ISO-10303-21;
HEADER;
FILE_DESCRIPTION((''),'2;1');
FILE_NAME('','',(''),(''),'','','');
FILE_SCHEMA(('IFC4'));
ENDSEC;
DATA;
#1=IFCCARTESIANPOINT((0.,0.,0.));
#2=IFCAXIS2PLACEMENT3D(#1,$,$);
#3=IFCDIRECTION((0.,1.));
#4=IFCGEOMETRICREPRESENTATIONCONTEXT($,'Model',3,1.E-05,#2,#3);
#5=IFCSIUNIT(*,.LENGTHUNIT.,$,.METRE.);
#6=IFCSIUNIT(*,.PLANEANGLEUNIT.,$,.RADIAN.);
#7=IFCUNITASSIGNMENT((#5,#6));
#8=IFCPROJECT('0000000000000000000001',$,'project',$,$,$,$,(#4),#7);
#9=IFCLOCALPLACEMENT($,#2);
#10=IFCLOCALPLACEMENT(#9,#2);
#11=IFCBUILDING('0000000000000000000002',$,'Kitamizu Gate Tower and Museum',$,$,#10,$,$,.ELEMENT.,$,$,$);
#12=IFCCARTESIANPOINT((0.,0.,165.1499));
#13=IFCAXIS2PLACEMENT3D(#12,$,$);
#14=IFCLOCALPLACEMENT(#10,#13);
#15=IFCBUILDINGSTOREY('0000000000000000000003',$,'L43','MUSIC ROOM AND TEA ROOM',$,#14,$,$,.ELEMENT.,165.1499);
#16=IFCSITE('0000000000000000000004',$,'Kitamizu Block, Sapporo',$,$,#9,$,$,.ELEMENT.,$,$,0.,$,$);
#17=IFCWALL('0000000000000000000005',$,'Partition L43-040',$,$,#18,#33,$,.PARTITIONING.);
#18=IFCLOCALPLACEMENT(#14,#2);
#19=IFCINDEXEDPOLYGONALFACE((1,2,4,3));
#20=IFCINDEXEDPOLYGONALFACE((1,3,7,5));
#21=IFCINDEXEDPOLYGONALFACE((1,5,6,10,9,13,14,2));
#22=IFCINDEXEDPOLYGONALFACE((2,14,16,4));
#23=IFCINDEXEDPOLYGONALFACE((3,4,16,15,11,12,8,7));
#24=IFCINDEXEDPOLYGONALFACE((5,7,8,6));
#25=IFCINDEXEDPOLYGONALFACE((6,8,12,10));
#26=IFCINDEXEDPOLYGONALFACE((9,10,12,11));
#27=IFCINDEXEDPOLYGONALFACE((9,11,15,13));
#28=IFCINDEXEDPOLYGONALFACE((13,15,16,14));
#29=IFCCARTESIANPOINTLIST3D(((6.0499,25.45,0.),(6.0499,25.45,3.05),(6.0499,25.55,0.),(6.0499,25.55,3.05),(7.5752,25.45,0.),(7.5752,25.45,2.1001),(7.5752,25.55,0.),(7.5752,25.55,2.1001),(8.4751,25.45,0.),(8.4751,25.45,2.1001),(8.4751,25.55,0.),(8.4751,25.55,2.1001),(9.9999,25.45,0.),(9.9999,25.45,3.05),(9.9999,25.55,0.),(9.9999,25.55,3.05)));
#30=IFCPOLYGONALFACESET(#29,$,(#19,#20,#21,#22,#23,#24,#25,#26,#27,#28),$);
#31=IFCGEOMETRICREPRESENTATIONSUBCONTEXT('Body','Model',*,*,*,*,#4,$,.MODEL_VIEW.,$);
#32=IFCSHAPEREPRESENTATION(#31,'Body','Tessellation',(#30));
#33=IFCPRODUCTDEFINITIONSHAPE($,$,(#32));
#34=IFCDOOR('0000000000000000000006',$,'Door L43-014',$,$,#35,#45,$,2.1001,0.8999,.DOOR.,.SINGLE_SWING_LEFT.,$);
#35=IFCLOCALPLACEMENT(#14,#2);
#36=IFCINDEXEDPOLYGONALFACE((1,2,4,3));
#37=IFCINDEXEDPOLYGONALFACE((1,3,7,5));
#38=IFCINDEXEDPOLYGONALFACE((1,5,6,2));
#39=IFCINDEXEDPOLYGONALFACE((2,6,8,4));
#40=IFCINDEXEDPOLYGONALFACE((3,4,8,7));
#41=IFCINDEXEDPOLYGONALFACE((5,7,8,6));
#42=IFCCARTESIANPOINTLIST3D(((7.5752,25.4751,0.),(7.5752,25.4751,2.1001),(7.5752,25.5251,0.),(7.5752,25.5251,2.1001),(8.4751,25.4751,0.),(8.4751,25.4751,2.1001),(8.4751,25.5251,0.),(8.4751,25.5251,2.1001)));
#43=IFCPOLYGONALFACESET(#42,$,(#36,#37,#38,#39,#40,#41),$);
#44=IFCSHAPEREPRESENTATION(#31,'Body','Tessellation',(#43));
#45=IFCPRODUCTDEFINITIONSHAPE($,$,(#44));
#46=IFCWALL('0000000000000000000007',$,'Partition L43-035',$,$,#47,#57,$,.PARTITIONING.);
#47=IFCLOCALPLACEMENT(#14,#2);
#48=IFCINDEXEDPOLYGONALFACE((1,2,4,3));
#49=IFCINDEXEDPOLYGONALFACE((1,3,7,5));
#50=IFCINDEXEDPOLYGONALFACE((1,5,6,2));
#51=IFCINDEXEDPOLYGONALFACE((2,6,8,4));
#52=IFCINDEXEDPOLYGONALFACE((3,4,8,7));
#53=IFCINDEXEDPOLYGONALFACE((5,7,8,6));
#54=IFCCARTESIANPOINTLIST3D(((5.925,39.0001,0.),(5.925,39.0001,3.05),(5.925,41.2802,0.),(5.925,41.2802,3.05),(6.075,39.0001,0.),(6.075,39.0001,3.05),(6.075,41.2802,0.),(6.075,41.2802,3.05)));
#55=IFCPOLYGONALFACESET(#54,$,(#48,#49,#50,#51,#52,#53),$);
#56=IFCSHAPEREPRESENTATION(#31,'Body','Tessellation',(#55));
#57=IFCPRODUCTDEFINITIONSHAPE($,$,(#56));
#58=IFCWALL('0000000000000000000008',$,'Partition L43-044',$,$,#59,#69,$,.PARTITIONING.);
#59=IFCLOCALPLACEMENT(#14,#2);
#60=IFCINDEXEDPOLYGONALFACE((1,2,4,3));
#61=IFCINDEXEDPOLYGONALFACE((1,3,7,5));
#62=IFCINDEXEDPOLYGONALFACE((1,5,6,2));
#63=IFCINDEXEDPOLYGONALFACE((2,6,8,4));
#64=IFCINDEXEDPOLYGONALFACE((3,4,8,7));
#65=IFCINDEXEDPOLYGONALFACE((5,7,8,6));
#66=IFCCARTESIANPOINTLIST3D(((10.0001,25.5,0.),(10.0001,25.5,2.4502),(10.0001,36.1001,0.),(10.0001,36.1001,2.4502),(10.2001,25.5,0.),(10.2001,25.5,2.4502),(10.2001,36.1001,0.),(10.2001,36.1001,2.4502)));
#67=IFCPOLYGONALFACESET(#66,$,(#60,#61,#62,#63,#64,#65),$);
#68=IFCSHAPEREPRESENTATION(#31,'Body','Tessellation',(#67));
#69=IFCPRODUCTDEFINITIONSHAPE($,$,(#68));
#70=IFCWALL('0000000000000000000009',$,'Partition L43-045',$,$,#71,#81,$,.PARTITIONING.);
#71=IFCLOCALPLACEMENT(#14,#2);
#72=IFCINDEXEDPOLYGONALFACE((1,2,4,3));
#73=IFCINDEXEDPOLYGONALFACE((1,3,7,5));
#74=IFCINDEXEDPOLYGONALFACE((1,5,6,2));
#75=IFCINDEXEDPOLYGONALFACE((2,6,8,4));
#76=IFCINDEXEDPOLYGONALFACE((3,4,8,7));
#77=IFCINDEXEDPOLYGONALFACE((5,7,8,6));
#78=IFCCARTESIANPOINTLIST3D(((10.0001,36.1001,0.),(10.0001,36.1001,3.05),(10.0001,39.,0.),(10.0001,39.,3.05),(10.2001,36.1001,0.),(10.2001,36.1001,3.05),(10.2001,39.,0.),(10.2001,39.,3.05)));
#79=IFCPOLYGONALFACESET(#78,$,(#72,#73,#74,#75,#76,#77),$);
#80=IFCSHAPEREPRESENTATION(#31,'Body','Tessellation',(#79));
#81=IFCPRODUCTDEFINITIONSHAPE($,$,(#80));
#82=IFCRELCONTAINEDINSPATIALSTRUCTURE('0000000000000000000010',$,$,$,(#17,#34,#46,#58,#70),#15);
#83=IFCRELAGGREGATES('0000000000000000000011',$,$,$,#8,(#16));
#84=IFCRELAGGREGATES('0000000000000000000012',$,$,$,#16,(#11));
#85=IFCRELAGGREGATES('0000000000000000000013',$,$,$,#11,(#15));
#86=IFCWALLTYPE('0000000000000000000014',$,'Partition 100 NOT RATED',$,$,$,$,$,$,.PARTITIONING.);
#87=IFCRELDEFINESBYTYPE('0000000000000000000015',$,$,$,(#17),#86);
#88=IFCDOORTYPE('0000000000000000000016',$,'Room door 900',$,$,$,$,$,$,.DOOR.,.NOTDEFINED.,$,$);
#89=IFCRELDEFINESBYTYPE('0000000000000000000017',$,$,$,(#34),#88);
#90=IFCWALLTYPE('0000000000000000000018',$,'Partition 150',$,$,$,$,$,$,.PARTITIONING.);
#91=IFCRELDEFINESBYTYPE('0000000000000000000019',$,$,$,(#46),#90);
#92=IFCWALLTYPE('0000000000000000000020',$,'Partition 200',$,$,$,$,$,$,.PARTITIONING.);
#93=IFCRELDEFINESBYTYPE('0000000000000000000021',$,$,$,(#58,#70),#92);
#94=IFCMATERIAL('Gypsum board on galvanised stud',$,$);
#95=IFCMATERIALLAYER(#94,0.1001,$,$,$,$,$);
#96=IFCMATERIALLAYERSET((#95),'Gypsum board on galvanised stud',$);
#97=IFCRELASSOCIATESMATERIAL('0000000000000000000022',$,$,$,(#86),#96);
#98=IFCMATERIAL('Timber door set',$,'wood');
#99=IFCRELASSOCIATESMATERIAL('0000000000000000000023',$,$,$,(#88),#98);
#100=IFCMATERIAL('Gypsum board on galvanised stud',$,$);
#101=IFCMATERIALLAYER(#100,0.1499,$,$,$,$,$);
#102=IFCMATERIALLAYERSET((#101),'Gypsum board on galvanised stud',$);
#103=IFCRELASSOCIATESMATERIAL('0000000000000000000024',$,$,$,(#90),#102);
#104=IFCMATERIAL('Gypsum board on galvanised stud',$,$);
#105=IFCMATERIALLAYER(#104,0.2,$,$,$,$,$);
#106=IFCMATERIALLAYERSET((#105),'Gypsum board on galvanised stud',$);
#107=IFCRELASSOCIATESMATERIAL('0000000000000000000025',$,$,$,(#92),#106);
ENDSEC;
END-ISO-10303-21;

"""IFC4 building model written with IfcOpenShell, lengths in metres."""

from ifc_helpers import new_model, si_unit, direction, frame, frame_2d, origin, place, context, subcontext, project, spatial, rectangle, extrude, material, layer, layer_set, type_object, element, fill, save


model = new_model("IFC4")

# Units and contexts
model_context = context("Model", 3, precision=1e-05, world=origin(), true_north=direction((0.0, 1.0)))
body_context = subcontext(model_context, "Body", "Model", "MODEL_VIEW")
ifc_project = project(units=[si_unit("LENGTHUNIT", "METRE"), si_unit("PLANEANGLEUNIT", "RADIAN")], contexts=[model_context])

# Site, building, storey
site_placement = place(None, origin())
site = spatial("IfcSite", under=ifc_project, at=site_placement, Name="Kitamizu Block, Sapporo", CompositionType="ELEMENT", RefElevation=0.0)
building_placement = place(site_placement, origin())
building = spatial("IfcBuilding", under=site, at=building_placement, Name="Kitamizu Gate Tower and Museum", CompositionType="ELEMENT")
storey_placement = place(building_placement, frame((0.0, 0.0, 165.1499)))
storey = spatial("IfcBuildingStorey", under=building, at=storey_placement, Name="L43", Description="MUSIC ROOM AND TEA ROOM", CompositionType="ELEMENT", Elevation=165.1499)

# Shared definitions
ifc_material_1 = material(Name="Gypsum board on galvanised stud")
ifc_layer_1 = layer(ifc_material_1, 0.1001)
ifc_layer_set_1 = layer_set([ifc_layer_1], Name="Gypsum board on galvanised stud")
wall_type_1 = type_object("IfcWallType", Name="Partition 100 NOT RATED", PredefinedType="PARTITIONING", material=ifc_layer_set_1)
ifc_material_2 = material(Name="Timber door set", Category="wood")
door_type = type_object("IfcDoorType", Name="Room door 900", OperationType="NOTDEFINED", PredefinedType="DOOR", material=ifc_material_2)

# Wall, opening, door
wall_1_placement = place(storey_placement, frame((10.0, 25.5, 0.0), z_axis=(0.0, 0.0, 1.0), x_axis=(-1.0, 0.0, 0.0)))
wall_1 = element("IfcWall", 1, at=wall_1_placement, inside=storey, type_object=wall_type_1, Name="Partition L43-040", PredefinedType="PARTITIONING", context=body_context, shape_type="SweptSolid", body=[
    extrude(rectangle(XDim=3.95, YDim=0.1001, at=frame_2d((1.9751, 0.0))), origin(), (0.0, 0.0, 1.0), 3.05),
])
opening_1_placement = place(wall_1_placement, frame((1.5249, 0.0, 0.0)))
opening_1 = element("IfcOpeningElement", 2, at=opening_1_placement, cuts=wall_1, PredefinedType="OPENING", context=body_context, shape_type="SweptSolid", body=[
    extrude(rectangle(XDim=0.8999, YDim=2.1001, at=frame_2d((0.45, 1.05))), frame((0.0, 0.0601, 0.0), z_axis=(0.0, -1.0, 0.0), x_axis=(1.0, 0.0, 0.0)), (0.0, 0.0, 1.0), 0.1201),
])
door_1_placement = place(opening_1_placement, origin())
door_1 = element("IfcDoor", 3, at=door_1_placement, inside=storey, type_object=door_type, Name="Door L43-014", OperationType="SINGLE_SWING_LEFT", OverallHeight=2.1001, OverallWidth=0.8999, PredefinedType="DOOR", context=body_context, shape_type="SweptSolid", body=[
    extrude(rectangle(XDim=0.8999, YDim=2.1001, at=frame_2d((0.45, 1.05))), frame((0.0, 0.0249, 0.0), z_axis=(0.0, -1.0, 0.0), x_axis=(1.0, 0.0, 0.0)), (0.0, 0.0, 1.0), 0.05),
])
fill(opening_1, door_1)

# Walls
ifc_material_3 = material(Name="Gypsum board on galvanised stud")
ifc_layer_2 = layer(ifc_material_3, 0.1499)
ifc_layer_set_2 = layer_set([ifc_layer_2], Name="Gypsum board on galvanised stud")
wall_type_2 = type_object("IfcWallType", Name="Partition 150", PredefinedType="PARTITIONING", material=ifc_layer_set_2)
wall_2_placement = place(storey_placement, frame((6.0, 39.0, 0.0), z_axis=(0.0, 0.0, 1.0), x_axis=(0.0, 1.0, 0.0)))
element("IfcWall", 4, at=wall_2_placement, inside=storey, type_object=wall_type_2, Name="Partition L43-035", PredefinedType="PARTITIONING", context=body_context, shape_type="SweptSolid", body=[
    extrude(rectangle(XDim=2.28, YDim=0.1499, at=frame_2d((1.1401, 0.0))), origin(), (0.0, 0.0, 1.0), 3.05),
])
ifc_material_4 = material(Name="Gypsum board on galvanised stud")
ifc_layer_3 = layer(ifc_material_4, 0.2)
ifc_layer_set_3 = layer_set([ifc_layer_3], Name="Gypsum board on galvanised stud")
wall_type_3 = type_object("IfcWallType", Name="Partition 200", PredefinedType="PARTITIONING", material=ifc_layer_set_3)
wall_3_placement = place(storey_placement, frame((10.1001, 25.5, 0.0), z_axis=(0.0, 0.0, 1.0), x_axis=(0.0, 1.0, 0.0)))
element("IfcWall", 5, at=wall_3_placement, inside=storey, type_object=wall_type_3, Name="Partition L43-044", PredefinedType="PARTITIONING", context=body_context, shape_type="SweptSolid", body=[
    extrude(rectangle(XDim=10.6001, YDim=0.2, at=frame_2d((5.3, 0.0))), origin(), (0.0, 0.0, 1.0), 2.4502),
])
wall_4_placement = place(storey_placement, frame((10.1001, 36.1001, 0.0), z_axis=(0.0, 0.0, 1.0), x_axis=(0.0, 1.0, 0.0)))
element("IfcWall", 6, at=wall_4_placement, inside=storey, type_object=wall_type_3, Name="Partition L43-045", PredefinedType="PARTITIONING", context=body_context, shape_type="SweptSolid", body=[
    extrude(rectangle(XDim=2.8999, YDim=0.2, at=frame_2d((1.45, 0.0))), origin(), (0.0, 0.0, 1.0), 3.05),
])

save(model, "model.ifc")
